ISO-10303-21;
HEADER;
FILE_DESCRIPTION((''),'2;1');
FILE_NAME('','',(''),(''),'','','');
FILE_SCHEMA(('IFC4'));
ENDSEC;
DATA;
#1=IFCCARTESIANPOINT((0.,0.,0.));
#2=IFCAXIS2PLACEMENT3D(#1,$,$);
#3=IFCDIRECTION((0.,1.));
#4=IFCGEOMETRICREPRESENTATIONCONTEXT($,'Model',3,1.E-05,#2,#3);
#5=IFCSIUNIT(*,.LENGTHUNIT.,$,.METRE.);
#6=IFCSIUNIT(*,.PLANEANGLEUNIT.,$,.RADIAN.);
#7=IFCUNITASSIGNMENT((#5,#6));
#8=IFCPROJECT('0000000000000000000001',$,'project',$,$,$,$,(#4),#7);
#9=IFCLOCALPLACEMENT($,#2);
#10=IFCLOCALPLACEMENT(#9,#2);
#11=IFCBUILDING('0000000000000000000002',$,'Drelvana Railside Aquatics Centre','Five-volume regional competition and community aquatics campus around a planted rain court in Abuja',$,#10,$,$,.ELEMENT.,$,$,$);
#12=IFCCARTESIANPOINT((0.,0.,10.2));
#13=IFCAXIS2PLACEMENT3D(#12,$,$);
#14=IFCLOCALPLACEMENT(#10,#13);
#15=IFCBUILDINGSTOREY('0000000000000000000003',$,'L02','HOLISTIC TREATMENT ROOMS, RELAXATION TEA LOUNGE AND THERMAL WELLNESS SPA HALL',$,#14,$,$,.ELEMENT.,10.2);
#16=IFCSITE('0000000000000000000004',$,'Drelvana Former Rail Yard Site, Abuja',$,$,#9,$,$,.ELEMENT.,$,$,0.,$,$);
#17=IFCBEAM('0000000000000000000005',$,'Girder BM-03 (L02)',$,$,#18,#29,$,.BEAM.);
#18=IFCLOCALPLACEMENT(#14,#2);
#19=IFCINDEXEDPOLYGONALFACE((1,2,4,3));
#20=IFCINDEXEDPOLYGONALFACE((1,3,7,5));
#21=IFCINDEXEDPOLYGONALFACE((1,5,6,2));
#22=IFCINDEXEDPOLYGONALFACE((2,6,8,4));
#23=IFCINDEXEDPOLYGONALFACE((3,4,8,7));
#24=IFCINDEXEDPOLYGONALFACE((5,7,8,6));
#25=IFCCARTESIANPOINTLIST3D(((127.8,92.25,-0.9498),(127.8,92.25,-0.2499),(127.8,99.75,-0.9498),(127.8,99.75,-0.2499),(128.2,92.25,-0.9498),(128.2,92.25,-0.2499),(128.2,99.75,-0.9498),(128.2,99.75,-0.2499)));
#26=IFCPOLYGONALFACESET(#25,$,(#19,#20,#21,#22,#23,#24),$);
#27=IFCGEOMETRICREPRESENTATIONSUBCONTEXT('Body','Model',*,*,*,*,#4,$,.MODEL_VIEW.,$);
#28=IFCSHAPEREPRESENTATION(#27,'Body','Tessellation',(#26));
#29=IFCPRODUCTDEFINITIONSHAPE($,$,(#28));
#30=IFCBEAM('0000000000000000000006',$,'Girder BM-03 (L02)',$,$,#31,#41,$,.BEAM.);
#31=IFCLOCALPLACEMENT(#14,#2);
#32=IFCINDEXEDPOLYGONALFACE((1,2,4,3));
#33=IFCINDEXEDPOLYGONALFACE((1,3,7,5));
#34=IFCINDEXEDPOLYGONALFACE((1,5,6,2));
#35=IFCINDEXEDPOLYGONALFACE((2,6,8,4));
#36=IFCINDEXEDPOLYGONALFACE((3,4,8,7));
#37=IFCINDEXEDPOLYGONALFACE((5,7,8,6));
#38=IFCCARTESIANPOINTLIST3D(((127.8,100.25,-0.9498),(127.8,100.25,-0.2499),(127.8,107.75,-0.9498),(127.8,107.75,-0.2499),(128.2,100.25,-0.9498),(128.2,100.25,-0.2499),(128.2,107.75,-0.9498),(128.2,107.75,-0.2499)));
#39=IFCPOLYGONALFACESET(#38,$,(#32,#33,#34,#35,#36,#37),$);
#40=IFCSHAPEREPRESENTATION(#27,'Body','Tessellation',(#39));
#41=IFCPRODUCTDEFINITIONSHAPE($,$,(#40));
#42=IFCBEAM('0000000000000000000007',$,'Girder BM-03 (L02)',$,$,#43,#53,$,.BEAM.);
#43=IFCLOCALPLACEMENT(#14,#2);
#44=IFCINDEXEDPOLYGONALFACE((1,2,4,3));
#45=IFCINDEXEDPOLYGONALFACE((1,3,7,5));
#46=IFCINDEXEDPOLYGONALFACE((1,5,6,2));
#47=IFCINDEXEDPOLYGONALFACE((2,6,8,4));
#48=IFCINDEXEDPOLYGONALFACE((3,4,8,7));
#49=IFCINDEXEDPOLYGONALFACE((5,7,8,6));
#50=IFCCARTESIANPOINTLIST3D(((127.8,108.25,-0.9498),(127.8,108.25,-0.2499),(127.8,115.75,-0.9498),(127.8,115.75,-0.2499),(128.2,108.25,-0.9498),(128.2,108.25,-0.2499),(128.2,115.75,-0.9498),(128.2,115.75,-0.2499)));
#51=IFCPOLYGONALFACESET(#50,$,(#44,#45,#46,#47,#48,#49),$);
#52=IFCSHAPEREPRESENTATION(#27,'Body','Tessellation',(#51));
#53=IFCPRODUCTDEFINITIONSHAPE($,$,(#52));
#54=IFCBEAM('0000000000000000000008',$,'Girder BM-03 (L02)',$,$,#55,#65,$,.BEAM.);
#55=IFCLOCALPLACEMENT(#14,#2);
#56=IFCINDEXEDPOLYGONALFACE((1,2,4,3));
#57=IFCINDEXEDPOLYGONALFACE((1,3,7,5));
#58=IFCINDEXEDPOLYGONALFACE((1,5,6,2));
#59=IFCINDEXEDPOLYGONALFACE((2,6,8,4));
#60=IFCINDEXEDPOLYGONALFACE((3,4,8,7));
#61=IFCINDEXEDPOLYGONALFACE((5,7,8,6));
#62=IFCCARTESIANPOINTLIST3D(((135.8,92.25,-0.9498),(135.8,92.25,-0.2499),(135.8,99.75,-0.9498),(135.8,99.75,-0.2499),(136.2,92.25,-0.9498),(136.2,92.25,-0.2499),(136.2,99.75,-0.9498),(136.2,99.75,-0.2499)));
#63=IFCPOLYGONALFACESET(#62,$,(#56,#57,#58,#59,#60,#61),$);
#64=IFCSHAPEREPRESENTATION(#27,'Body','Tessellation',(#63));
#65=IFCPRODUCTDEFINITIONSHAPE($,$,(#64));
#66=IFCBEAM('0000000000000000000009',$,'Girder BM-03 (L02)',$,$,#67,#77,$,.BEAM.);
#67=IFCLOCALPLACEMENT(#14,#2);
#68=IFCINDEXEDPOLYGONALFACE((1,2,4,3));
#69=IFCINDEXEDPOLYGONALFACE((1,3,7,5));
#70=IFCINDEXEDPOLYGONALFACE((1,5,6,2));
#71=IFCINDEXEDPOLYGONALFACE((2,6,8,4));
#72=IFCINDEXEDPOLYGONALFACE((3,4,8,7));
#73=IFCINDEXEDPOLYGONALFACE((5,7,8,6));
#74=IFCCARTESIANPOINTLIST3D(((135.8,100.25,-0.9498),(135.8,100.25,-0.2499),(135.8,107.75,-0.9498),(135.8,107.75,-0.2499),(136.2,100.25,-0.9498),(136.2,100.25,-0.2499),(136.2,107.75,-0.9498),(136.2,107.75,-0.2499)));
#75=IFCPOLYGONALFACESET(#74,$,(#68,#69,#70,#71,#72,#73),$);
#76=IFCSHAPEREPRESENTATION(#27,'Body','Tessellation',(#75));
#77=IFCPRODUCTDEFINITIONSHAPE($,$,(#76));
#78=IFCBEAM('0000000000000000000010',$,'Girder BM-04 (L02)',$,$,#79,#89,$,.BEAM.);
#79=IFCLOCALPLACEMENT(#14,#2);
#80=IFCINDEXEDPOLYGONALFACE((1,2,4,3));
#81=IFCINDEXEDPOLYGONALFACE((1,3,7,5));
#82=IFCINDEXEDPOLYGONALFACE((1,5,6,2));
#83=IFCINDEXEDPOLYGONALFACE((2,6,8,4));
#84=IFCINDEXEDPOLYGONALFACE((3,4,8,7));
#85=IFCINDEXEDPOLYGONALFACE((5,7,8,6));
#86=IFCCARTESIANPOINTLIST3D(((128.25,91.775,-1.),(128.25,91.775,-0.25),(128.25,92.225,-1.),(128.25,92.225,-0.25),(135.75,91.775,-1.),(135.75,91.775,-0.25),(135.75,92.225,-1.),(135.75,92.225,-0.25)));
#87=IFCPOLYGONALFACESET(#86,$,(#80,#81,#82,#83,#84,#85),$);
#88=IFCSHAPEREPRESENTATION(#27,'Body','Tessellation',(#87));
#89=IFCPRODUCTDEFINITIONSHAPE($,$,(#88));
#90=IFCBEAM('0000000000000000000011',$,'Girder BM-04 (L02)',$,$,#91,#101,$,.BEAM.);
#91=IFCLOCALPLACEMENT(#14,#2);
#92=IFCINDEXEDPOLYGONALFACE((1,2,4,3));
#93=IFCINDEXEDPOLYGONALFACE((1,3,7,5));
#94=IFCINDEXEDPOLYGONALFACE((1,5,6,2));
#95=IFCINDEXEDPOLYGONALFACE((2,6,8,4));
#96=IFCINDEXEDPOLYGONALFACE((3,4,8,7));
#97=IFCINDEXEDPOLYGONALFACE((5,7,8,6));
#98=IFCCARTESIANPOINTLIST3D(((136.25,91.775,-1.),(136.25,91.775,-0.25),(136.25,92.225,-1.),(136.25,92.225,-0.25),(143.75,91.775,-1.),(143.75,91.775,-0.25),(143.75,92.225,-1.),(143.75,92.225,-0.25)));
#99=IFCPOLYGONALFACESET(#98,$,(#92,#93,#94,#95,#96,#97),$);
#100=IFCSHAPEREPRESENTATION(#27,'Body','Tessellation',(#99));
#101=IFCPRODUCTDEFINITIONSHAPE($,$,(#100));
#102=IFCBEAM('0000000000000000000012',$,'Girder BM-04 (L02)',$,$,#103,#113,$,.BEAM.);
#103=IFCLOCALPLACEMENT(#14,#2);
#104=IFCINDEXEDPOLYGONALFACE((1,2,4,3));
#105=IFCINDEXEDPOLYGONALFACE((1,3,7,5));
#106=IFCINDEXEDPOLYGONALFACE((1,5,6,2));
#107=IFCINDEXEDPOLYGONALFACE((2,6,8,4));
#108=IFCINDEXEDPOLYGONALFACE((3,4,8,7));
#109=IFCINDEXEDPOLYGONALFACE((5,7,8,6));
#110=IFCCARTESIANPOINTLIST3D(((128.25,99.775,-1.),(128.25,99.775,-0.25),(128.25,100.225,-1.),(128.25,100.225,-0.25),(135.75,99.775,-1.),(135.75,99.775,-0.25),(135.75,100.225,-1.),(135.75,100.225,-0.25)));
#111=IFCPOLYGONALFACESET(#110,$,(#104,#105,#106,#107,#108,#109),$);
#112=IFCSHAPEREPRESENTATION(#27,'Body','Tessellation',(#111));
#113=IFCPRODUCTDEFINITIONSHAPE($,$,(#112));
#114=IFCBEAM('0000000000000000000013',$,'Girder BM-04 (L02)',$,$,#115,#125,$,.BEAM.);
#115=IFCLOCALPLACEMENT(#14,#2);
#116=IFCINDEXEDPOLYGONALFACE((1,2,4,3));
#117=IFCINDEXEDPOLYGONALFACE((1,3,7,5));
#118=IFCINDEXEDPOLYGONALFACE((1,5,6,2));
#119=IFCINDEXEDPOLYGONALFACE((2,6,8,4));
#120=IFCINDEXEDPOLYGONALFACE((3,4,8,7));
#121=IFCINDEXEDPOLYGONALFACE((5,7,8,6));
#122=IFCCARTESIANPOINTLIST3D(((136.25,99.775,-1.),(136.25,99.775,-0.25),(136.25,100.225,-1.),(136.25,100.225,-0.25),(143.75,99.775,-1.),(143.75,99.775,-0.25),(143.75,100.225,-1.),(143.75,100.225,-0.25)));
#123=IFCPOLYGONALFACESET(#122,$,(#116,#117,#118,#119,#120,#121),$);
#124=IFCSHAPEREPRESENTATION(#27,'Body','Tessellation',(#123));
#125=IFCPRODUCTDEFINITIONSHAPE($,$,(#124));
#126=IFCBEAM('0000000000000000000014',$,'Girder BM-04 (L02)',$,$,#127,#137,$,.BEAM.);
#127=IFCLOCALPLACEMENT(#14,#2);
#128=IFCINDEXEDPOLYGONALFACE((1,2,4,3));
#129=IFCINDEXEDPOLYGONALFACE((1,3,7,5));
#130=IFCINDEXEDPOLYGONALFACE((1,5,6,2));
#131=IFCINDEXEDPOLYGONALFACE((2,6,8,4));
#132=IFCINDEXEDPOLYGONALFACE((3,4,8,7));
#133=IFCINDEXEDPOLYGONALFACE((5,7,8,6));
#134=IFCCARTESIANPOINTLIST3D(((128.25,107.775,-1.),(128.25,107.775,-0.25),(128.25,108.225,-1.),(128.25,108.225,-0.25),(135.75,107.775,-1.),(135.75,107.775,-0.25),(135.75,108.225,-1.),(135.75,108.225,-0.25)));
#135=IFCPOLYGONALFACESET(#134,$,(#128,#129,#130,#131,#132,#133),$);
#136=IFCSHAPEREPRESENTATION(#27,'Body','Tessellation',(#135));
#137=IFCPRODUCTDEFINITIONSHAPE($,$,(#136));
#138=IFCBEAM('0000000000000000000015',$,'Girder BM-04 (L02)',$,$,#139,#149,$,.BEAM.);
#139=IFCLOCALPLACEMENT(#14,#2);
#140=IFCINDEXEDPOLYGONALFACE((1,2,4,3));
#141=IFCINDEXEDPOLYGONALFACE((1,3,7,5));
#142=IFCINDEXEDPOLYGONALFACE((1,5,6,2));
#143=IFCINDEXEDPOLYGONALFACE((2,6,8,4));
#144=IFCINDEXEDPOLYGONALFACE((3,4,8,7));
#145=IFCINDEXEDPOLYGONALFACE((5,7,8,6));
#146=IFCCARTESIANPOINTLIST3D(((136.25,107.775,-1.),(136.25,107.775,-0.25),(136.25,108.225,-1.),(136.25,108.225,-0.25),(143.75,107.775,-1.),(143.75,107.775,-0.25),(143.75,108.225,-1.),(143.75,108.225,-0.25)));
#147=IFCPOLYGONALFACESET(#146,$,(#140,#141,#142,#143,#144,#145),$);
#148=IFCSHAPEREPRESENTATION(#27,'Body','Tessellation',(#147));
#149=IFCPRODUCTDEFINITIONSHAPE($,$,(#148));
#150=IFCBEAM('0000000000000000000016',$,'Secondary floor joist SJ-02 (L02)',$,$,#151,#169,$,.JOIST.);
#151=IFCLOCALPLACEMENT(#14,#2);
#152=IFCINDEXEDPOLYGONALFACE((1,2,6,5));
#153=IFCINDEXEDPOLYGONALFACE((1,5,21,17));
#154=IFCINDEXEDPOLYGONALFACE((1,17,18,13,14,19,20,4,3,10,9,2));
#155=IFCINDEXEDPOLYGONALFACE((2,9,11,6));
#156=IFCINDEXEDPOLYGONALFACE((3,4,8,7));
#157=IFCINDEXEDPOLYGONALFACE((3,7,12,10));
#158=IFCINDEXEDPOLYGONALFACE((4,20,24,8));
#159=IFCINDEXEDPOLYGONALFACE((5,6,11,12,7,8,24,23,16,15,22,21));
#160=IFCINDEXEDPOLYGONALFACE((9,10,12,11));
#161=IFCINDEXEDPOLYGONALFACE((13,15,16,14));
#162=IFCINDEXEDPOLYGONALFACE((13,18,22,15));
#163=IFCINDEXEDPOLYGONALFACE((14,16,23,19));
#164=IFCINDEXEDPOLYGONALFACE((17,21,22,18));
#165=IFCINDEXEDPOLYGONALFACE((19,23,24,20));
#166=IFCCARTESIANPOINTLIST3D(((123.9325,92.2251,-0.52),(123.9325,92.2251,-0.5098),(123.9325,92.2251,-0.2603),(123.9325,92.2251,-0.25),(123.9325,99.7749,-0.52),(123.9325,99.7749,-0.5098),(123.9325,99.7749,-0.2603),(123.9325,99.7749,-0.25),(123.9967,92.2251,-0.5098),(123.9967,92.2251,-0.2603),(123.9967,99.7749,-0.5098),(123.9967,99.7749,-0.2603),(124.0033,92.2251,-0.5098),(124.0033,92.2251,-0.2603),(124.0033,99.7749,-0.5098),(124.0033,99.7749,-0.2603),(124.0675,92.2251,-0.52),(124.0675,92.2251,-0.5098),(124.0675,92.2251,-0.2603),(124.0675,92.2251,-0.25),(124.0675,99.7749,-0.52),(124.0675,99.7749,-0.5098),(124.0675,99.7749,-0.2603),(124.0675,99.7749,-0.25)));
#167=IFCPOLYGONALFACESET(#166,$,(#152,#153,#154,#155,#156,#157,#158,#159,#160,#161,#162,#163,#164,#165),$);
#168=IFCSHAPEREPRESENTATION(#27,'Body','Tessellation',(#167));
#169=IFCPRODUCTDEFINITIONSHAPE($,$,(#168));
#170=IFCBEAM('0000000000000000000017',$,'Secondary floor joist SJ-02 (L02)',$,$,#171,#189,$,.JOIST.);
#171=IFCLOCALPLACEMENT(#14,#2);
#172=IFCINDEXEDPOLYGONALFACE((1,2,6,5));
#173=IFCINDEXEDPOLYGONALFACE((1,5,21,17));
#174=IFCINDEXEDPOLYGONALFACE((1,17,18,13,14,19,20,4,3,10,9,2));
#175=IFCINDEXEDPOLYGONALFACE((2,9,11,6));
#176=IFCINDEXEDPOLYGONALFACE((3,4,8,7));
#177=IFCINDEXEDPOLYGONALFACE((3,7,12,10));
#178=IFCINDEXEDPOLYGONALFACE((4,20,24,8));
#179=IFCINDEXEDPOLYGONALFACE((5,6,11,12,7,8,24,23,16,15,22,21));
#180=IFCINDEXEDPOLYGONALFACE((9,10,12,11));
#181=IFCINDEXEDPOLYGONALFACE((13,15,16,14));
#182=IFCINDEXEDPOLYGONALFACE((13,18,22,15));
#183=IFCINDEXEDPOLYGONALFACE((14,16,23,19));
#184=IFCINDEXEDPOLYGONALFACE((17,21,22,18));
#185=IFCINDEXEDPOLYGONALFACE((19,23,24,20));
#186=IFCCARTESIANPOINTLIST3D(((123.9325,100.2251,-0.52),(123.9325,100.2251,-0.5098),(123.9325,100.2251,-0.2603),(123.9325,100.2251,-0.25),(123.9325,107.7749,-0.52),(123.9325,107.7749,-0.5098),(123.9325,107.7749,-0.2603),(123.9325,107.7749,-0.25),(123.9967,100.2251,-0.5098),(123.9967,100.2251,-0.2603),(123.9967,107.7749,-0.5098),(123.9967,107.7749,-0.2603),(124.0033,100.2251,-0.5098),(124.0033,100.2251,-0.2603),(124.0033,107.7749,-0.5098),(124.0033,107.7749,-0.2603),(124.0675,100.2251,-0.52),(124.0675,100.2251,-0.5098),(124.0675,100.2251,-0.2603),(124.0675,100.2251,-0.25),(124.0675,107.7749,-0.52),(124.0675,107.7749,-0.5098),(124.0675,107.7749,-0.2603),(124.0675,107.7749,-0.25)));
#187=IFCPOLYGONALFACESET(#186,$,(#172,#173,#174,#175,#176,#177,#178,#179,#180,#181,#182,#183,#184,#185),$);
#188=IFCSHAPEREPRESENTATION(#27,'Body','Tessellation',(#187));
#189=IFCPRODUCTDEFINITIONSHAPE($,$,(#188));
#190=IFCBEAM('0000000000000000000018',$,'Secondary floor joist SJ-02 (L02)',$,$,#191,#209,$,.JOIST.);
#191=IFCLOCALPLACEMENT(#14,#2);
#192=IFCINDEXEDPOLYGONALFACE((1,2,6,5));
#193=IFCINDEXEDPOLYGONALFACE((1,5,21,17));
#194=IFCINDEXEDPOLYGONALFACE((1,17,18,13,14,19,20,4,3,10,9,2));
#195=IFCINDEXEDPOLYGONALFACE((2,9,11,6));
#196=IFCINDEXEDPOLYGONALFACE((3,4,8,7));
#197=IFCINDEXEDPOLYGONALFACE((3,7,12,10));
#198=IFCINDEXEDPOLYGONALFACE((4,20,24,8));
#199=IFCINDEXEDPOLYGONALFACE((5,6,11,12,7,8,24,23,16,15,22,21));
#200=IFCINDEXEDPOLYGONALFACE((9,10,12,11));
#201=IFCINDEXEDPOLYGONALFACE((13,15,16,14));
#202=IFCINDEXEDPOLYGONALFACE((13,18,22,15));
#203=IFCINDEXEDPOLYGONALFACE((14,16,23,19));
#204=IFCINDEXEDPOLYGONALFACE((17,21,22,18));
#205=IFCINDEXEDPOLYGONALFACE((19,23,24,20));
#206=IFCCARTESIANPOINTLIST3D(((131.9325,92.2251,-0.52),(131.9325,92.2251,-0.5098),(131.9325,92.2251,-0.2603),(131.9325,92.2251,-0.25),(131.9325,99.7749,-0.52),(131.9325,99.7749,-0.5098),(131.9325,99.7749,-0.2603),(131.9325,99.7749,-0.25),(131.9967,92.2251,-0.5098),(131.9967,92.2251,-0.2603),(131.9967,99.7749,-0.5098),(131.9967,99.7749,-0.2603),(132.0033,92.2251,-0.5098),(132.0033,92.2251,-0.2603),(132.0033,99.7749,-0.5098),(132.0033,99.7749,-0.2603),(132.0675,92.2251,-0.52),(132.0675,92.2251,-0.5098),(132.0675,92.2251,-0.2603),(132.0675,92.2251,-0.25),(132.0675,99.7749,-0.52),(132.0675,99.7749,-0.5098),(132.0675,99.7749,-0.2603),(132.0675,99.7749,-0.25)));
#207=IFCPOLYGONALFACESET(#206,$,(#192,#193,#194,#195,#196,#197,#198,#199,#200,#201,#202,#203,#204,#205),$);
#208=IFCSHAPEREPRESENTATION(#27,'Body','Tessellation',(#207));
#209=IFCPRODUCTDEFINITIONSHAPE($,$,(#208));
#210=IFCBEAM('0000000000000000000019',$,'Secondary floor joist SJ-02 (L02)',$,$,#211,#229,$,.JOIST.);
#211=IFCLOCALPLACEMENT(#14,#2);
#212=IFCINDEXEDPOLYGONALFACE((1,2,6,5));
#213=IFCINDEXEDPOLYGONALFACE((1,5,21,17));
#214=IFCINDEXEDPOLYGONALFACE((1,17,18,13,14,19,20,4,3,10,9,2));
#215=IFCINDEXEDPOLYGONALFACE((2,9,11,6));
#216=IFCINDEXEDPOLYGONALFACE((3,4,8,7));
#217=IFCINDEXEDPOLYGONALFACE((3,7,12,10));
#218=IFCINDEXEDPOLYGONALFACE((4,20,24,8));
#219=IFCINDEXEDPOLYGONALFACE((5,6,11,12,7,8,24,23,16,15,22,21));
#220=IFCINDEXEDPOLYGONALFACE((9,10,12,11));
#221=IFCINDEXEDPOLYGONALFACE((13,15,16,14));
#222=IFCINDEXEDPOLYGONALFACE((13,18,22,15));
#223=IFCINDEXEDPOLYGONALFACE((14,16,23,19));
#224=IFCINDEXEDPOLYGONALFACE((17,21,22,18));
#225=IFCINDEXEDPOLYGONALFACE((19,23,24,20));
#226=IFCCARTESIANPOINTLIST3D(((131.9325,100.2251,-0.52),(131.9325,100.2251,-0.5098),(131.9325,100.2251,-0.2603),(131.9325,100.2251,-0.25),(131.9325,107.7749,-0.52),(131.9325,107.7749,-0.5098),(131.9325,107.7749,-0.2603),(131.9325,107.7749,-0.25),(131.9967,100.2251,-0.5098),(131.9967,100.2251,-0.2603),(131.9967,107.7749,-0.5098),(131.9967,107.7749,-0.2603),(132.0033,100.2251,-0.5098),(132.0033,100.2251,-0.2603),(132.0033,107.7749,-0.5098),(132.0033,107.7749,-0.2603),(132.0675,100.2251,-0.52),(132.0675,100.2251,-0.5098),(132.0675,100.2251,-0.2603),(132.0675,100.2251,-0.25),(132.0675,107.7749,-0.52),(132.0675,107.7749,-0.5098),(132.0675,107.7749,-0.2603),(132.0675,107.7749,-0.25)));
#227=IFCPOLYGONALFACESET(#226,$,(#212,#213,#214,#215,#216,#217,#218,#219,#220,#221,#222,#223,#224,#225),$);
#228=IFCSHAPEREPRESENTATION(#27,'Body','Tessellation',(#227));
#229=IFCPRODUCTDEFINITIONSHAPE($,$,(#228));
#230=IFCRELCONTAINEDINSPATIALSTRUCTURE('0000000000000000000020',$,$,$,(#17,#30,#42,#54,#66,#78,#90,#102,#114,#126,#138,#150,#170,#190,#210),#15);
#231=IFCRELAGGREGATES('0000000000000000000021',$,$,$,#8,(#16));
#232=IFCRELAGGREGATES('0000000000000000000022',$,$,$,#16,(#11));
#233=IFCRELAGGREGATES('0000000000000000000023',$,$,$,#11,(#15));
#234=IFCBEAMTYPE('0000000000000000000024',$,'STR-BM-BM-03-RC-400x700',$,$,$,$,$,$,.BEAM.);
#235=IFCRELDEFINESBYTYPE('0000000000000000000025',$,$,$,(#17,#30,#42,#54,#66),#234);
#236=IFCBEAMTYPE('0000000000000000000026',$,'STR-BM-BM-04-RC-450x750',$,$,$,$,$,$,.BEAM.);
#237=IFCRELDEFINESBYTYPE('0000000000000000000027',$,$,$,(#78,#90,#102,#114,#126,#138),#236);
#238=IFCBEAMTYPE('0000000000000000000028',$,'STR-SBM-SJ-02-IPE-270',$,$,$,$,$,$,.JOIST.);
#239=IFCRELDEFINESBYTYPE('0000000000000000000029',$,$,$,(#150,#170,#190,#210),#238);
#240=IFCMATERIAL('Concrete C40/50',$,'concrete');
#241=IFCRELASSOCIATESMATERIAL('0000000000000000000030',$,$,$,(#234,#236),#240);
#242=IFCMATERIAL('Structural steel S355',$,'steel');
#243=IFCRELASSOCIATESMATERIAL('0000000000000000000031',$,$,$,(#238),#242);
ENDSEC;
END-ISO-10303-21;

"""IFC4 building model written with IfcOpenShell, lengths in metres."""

from ifc_helpers import new_model, si_unit, direction, frame, origin, origin_2d, place, context, subcontext, project, spatial, rectangle, i_section, extrude, material, material_profile, profile_set, type_object, element, save


model = new_model("IFC4")

# Units and contexts
model_context = context("Model", 3, precision=1e-05, world=origin(), true_north=direction((0.0, 1.0)))
body_context = subcontext(model_context, "Body", "Model", "MODEL_VIEW")
ifc_project = project(units=[si_unit("LENGTHUNIT", "METRE"), si_unit("PLANEANGLEUNIT", "RADIAN")], contexts=[model_context])

# Site, building, storey
site_placement = place(None, origin())
site = spatial("IfcSite", under=ifc_project, at=site_placement, Name="Drelvana Former Rail Yard Site, Abuja", CompositionType="ELEMENT", RefElevation=0.0)
building_placement = place(site_placement, origin())
building = spatial("IfcBuilding", under=site, at=building_placement, Name="Drelvana Railside Aquatics Centre", Description="Five-volume regional competition and community aquatics campus around a planted rain court in Abuja", CompositionType="ELEMENT")
storey_placement = place(building_placement, frame((0.0, 0.0, 10.2)))
storey = spatial("IfcBuildingStorey", under=building, at=storey_placement, Name="L02", Description="HOLISTIC TREATMENT ROOMS, RELAXATION TEA LOUNGE AND THERMAL WELLNESS SPA HALL", CompositionType="ELEMENT", Elevation=10.2)

# Beams
ifc_material_1 = material(Name="Concrete C40/50", Category="concrete")
ifc_material_profile_1 = material_profile(ifc_material_1, rectangle(XDim=0.3999, YDim=0.7, at=origin_2d()), Name="RC 400x700")
ifc_profile_set_1 = profile_set([ifc_material_profile_1], Name="Concrete C40/50")
beam_type_1 = type_object("IfcBeamType", Name="STR-BM-BM-03-RC-400x700", PredefinedType="BEAM", material=ifc_profile_set_1)
for number, where, z_axis, x_axis, name in (
    (1, (128.0, 92.25, -0.5999), (0.0, 1.0, 0.0), (-1.0, 0.0, 0.0), "Girder BM-03 (L02)"),
    (2, (128.0, 100.25, -0.5999), (0.0, 1.0, 0.0), (-1.0, 0.0, 0.0), "Girder BM-03 (L02)"),
    (3, (128.0, 108.25, -0.5999), (0.0, 1.0, 0.0), (-1.0, 0.0, 0.0), "Girder BM-03 (L02)"),
    (4, (136.0, 92.25, -0.5999), (0.0, 1.0, 0.0), (-1.0, 0.0, 0.0), "Girder BM-03 (L02)"),
    (5, (136.0, 100.25, -0.5999), (0.0, 1.0, 0.0), (-1.0, 0.0, 0.0), "Girder BM-03 (L02)"),
):
    element("IfcBeam", number, at=place(storey_placement, frame(where, z_axis=z_axis, x_axis=x_axis)), inside=storey, type_object=beam_type_1, Name=name, PredefinedType="BEAM", context=body_context, shape_type="SweptSolid", body=[
        extrude(rectangle(XDim=0.3999, YDim=0.7, at=origin_2d()), origin(), (0.0, 0.0, 1.0), 7.5),
    ])
ifc_material_profile_2 = material_profile(ifc_material_1, rectangle(XDim=0.45, YDim=0.75, at=origin_2d()), Name="RC 450x750")
ifc_profile_set_2 = profile_set([ifc_material_profile_2], Name="Concrete C40/50")
beam_type_2 = type_object("IfcBeamType", Name="STR-BM-BM-04-RC-450x750", PredefinedType="BEAM", material=ifc_profile_set_2)
for number, where, z_axis, x_axis, name in (
    (6, (128.25, 92.0, -0.625), (1.0, 0.0, 0.0), (0.0, 1.0, 0.0), "Girder BM-04 (L02)"),
    (7, (136.25, 92.0, -0.625), (1.0, 0.0, 0.0), (0.0, 1.0, 0.0), "Girder BM-04 (L02)"),
    (8, (128.25, 100.0, -0.625), (1.0, 0.0, 0.0), (0.0, 1.0, 0.0), "Girder BM-04 (L02)"),
    (9, (136.25, 100.0, -0.625), (1.0, 0.0, 0.0), (0.0, 1.0, 0.0), "Girder BM-04 (L02)"),
    (10, (128.25, 108.0, -0.625), (1.0, 0.0, 0.0), (0.0, 1.0, 0.0), "Girder BM-04 (L02)"),
    (11, (136.25, 108.0, -0.625), (1.0, 0.0, 0.0), (0.0, 1.0, 0.0), "Girder BM-04 (L02)"),
):
    element("IfcBeam", number, at=place(storey_placement, frame(where, z_axis=z_axis, x_axis=x_axis)), inside=storey, type_object=beam_type_2, Name=name, PredefinedType="BEAM", context=body_context, shape_type="SweptSolid", body=[
        extrude(rectangle(XDim=0.45, YDim=0.75, at=origin_2d()), origin(), (0.0, 0.0, 1.0), 7.5),
    ])
ifc_material_2 = material(Name="Structural steel S355", Category="steel")
ifc_material_profile_3 = material_profile(ifc_material_2, i_section(OverallWidth=0.135, OverallDepth=0.27, WebThickness=0.0066, FlangeThickness=0.0103, at=origin_2d()), Name="IPE 270")
ifc_profile_set_3 = profile_set([ifc_material_profile_3], Name="Structural steel S355")
beam_type_3 = type_object("IfcBeamType", Name="STR-SBM-SJ-02-IPE-270", PredefinedType="JOIST", material=ifc_profile_set_3)
for number, where, z_axis, x_axis, name in (
    (12, (124.0, 92.2251, -0.385), (0.0, 1.0, 0.0), (-1.0, 0.0, 0.0), "Secondary floor joist SJ-02 (L02)"),
    (13, (124.0, 100.2251, -0.385), (0.0, 1.0, 0.0), (-1.0, 0.0, 0.0), "Secondary floor joist SJ-02 (L02)"),
    (14, (132.0, 92.2251, -0.385), (0.0, 1.0, 0.0), (-1.0, 0.0, 0.0), "Secondary floor joist SJ-02 (L02)"),
    (15, (132.0, 100.2251, -0.385), (0.0, 1.0, 0.0), (-1.0, 0.0, 0.0), "Secondary floor joist SJ-02 (L02)"),
):
    element("IfcBeam", number, at=place(storey_placement, frame(where, z_axis=z_axis, x_axis=x_axis)), inside=storey, type_object=beam_type_3, Name=name, PredefinedType="JOIST", context=body_context, shape_type="SweptSolid", body=[
        extrude(i_section(OverallWidth=0.135, OverallDepth=0.27, WebThickness=0.0066, FlangeThickness=0.0103, at=origin_2d()), origin(), (0.0, 0.0, 1.0), 7.5498),
    ])

save(model, "model.ifc")
